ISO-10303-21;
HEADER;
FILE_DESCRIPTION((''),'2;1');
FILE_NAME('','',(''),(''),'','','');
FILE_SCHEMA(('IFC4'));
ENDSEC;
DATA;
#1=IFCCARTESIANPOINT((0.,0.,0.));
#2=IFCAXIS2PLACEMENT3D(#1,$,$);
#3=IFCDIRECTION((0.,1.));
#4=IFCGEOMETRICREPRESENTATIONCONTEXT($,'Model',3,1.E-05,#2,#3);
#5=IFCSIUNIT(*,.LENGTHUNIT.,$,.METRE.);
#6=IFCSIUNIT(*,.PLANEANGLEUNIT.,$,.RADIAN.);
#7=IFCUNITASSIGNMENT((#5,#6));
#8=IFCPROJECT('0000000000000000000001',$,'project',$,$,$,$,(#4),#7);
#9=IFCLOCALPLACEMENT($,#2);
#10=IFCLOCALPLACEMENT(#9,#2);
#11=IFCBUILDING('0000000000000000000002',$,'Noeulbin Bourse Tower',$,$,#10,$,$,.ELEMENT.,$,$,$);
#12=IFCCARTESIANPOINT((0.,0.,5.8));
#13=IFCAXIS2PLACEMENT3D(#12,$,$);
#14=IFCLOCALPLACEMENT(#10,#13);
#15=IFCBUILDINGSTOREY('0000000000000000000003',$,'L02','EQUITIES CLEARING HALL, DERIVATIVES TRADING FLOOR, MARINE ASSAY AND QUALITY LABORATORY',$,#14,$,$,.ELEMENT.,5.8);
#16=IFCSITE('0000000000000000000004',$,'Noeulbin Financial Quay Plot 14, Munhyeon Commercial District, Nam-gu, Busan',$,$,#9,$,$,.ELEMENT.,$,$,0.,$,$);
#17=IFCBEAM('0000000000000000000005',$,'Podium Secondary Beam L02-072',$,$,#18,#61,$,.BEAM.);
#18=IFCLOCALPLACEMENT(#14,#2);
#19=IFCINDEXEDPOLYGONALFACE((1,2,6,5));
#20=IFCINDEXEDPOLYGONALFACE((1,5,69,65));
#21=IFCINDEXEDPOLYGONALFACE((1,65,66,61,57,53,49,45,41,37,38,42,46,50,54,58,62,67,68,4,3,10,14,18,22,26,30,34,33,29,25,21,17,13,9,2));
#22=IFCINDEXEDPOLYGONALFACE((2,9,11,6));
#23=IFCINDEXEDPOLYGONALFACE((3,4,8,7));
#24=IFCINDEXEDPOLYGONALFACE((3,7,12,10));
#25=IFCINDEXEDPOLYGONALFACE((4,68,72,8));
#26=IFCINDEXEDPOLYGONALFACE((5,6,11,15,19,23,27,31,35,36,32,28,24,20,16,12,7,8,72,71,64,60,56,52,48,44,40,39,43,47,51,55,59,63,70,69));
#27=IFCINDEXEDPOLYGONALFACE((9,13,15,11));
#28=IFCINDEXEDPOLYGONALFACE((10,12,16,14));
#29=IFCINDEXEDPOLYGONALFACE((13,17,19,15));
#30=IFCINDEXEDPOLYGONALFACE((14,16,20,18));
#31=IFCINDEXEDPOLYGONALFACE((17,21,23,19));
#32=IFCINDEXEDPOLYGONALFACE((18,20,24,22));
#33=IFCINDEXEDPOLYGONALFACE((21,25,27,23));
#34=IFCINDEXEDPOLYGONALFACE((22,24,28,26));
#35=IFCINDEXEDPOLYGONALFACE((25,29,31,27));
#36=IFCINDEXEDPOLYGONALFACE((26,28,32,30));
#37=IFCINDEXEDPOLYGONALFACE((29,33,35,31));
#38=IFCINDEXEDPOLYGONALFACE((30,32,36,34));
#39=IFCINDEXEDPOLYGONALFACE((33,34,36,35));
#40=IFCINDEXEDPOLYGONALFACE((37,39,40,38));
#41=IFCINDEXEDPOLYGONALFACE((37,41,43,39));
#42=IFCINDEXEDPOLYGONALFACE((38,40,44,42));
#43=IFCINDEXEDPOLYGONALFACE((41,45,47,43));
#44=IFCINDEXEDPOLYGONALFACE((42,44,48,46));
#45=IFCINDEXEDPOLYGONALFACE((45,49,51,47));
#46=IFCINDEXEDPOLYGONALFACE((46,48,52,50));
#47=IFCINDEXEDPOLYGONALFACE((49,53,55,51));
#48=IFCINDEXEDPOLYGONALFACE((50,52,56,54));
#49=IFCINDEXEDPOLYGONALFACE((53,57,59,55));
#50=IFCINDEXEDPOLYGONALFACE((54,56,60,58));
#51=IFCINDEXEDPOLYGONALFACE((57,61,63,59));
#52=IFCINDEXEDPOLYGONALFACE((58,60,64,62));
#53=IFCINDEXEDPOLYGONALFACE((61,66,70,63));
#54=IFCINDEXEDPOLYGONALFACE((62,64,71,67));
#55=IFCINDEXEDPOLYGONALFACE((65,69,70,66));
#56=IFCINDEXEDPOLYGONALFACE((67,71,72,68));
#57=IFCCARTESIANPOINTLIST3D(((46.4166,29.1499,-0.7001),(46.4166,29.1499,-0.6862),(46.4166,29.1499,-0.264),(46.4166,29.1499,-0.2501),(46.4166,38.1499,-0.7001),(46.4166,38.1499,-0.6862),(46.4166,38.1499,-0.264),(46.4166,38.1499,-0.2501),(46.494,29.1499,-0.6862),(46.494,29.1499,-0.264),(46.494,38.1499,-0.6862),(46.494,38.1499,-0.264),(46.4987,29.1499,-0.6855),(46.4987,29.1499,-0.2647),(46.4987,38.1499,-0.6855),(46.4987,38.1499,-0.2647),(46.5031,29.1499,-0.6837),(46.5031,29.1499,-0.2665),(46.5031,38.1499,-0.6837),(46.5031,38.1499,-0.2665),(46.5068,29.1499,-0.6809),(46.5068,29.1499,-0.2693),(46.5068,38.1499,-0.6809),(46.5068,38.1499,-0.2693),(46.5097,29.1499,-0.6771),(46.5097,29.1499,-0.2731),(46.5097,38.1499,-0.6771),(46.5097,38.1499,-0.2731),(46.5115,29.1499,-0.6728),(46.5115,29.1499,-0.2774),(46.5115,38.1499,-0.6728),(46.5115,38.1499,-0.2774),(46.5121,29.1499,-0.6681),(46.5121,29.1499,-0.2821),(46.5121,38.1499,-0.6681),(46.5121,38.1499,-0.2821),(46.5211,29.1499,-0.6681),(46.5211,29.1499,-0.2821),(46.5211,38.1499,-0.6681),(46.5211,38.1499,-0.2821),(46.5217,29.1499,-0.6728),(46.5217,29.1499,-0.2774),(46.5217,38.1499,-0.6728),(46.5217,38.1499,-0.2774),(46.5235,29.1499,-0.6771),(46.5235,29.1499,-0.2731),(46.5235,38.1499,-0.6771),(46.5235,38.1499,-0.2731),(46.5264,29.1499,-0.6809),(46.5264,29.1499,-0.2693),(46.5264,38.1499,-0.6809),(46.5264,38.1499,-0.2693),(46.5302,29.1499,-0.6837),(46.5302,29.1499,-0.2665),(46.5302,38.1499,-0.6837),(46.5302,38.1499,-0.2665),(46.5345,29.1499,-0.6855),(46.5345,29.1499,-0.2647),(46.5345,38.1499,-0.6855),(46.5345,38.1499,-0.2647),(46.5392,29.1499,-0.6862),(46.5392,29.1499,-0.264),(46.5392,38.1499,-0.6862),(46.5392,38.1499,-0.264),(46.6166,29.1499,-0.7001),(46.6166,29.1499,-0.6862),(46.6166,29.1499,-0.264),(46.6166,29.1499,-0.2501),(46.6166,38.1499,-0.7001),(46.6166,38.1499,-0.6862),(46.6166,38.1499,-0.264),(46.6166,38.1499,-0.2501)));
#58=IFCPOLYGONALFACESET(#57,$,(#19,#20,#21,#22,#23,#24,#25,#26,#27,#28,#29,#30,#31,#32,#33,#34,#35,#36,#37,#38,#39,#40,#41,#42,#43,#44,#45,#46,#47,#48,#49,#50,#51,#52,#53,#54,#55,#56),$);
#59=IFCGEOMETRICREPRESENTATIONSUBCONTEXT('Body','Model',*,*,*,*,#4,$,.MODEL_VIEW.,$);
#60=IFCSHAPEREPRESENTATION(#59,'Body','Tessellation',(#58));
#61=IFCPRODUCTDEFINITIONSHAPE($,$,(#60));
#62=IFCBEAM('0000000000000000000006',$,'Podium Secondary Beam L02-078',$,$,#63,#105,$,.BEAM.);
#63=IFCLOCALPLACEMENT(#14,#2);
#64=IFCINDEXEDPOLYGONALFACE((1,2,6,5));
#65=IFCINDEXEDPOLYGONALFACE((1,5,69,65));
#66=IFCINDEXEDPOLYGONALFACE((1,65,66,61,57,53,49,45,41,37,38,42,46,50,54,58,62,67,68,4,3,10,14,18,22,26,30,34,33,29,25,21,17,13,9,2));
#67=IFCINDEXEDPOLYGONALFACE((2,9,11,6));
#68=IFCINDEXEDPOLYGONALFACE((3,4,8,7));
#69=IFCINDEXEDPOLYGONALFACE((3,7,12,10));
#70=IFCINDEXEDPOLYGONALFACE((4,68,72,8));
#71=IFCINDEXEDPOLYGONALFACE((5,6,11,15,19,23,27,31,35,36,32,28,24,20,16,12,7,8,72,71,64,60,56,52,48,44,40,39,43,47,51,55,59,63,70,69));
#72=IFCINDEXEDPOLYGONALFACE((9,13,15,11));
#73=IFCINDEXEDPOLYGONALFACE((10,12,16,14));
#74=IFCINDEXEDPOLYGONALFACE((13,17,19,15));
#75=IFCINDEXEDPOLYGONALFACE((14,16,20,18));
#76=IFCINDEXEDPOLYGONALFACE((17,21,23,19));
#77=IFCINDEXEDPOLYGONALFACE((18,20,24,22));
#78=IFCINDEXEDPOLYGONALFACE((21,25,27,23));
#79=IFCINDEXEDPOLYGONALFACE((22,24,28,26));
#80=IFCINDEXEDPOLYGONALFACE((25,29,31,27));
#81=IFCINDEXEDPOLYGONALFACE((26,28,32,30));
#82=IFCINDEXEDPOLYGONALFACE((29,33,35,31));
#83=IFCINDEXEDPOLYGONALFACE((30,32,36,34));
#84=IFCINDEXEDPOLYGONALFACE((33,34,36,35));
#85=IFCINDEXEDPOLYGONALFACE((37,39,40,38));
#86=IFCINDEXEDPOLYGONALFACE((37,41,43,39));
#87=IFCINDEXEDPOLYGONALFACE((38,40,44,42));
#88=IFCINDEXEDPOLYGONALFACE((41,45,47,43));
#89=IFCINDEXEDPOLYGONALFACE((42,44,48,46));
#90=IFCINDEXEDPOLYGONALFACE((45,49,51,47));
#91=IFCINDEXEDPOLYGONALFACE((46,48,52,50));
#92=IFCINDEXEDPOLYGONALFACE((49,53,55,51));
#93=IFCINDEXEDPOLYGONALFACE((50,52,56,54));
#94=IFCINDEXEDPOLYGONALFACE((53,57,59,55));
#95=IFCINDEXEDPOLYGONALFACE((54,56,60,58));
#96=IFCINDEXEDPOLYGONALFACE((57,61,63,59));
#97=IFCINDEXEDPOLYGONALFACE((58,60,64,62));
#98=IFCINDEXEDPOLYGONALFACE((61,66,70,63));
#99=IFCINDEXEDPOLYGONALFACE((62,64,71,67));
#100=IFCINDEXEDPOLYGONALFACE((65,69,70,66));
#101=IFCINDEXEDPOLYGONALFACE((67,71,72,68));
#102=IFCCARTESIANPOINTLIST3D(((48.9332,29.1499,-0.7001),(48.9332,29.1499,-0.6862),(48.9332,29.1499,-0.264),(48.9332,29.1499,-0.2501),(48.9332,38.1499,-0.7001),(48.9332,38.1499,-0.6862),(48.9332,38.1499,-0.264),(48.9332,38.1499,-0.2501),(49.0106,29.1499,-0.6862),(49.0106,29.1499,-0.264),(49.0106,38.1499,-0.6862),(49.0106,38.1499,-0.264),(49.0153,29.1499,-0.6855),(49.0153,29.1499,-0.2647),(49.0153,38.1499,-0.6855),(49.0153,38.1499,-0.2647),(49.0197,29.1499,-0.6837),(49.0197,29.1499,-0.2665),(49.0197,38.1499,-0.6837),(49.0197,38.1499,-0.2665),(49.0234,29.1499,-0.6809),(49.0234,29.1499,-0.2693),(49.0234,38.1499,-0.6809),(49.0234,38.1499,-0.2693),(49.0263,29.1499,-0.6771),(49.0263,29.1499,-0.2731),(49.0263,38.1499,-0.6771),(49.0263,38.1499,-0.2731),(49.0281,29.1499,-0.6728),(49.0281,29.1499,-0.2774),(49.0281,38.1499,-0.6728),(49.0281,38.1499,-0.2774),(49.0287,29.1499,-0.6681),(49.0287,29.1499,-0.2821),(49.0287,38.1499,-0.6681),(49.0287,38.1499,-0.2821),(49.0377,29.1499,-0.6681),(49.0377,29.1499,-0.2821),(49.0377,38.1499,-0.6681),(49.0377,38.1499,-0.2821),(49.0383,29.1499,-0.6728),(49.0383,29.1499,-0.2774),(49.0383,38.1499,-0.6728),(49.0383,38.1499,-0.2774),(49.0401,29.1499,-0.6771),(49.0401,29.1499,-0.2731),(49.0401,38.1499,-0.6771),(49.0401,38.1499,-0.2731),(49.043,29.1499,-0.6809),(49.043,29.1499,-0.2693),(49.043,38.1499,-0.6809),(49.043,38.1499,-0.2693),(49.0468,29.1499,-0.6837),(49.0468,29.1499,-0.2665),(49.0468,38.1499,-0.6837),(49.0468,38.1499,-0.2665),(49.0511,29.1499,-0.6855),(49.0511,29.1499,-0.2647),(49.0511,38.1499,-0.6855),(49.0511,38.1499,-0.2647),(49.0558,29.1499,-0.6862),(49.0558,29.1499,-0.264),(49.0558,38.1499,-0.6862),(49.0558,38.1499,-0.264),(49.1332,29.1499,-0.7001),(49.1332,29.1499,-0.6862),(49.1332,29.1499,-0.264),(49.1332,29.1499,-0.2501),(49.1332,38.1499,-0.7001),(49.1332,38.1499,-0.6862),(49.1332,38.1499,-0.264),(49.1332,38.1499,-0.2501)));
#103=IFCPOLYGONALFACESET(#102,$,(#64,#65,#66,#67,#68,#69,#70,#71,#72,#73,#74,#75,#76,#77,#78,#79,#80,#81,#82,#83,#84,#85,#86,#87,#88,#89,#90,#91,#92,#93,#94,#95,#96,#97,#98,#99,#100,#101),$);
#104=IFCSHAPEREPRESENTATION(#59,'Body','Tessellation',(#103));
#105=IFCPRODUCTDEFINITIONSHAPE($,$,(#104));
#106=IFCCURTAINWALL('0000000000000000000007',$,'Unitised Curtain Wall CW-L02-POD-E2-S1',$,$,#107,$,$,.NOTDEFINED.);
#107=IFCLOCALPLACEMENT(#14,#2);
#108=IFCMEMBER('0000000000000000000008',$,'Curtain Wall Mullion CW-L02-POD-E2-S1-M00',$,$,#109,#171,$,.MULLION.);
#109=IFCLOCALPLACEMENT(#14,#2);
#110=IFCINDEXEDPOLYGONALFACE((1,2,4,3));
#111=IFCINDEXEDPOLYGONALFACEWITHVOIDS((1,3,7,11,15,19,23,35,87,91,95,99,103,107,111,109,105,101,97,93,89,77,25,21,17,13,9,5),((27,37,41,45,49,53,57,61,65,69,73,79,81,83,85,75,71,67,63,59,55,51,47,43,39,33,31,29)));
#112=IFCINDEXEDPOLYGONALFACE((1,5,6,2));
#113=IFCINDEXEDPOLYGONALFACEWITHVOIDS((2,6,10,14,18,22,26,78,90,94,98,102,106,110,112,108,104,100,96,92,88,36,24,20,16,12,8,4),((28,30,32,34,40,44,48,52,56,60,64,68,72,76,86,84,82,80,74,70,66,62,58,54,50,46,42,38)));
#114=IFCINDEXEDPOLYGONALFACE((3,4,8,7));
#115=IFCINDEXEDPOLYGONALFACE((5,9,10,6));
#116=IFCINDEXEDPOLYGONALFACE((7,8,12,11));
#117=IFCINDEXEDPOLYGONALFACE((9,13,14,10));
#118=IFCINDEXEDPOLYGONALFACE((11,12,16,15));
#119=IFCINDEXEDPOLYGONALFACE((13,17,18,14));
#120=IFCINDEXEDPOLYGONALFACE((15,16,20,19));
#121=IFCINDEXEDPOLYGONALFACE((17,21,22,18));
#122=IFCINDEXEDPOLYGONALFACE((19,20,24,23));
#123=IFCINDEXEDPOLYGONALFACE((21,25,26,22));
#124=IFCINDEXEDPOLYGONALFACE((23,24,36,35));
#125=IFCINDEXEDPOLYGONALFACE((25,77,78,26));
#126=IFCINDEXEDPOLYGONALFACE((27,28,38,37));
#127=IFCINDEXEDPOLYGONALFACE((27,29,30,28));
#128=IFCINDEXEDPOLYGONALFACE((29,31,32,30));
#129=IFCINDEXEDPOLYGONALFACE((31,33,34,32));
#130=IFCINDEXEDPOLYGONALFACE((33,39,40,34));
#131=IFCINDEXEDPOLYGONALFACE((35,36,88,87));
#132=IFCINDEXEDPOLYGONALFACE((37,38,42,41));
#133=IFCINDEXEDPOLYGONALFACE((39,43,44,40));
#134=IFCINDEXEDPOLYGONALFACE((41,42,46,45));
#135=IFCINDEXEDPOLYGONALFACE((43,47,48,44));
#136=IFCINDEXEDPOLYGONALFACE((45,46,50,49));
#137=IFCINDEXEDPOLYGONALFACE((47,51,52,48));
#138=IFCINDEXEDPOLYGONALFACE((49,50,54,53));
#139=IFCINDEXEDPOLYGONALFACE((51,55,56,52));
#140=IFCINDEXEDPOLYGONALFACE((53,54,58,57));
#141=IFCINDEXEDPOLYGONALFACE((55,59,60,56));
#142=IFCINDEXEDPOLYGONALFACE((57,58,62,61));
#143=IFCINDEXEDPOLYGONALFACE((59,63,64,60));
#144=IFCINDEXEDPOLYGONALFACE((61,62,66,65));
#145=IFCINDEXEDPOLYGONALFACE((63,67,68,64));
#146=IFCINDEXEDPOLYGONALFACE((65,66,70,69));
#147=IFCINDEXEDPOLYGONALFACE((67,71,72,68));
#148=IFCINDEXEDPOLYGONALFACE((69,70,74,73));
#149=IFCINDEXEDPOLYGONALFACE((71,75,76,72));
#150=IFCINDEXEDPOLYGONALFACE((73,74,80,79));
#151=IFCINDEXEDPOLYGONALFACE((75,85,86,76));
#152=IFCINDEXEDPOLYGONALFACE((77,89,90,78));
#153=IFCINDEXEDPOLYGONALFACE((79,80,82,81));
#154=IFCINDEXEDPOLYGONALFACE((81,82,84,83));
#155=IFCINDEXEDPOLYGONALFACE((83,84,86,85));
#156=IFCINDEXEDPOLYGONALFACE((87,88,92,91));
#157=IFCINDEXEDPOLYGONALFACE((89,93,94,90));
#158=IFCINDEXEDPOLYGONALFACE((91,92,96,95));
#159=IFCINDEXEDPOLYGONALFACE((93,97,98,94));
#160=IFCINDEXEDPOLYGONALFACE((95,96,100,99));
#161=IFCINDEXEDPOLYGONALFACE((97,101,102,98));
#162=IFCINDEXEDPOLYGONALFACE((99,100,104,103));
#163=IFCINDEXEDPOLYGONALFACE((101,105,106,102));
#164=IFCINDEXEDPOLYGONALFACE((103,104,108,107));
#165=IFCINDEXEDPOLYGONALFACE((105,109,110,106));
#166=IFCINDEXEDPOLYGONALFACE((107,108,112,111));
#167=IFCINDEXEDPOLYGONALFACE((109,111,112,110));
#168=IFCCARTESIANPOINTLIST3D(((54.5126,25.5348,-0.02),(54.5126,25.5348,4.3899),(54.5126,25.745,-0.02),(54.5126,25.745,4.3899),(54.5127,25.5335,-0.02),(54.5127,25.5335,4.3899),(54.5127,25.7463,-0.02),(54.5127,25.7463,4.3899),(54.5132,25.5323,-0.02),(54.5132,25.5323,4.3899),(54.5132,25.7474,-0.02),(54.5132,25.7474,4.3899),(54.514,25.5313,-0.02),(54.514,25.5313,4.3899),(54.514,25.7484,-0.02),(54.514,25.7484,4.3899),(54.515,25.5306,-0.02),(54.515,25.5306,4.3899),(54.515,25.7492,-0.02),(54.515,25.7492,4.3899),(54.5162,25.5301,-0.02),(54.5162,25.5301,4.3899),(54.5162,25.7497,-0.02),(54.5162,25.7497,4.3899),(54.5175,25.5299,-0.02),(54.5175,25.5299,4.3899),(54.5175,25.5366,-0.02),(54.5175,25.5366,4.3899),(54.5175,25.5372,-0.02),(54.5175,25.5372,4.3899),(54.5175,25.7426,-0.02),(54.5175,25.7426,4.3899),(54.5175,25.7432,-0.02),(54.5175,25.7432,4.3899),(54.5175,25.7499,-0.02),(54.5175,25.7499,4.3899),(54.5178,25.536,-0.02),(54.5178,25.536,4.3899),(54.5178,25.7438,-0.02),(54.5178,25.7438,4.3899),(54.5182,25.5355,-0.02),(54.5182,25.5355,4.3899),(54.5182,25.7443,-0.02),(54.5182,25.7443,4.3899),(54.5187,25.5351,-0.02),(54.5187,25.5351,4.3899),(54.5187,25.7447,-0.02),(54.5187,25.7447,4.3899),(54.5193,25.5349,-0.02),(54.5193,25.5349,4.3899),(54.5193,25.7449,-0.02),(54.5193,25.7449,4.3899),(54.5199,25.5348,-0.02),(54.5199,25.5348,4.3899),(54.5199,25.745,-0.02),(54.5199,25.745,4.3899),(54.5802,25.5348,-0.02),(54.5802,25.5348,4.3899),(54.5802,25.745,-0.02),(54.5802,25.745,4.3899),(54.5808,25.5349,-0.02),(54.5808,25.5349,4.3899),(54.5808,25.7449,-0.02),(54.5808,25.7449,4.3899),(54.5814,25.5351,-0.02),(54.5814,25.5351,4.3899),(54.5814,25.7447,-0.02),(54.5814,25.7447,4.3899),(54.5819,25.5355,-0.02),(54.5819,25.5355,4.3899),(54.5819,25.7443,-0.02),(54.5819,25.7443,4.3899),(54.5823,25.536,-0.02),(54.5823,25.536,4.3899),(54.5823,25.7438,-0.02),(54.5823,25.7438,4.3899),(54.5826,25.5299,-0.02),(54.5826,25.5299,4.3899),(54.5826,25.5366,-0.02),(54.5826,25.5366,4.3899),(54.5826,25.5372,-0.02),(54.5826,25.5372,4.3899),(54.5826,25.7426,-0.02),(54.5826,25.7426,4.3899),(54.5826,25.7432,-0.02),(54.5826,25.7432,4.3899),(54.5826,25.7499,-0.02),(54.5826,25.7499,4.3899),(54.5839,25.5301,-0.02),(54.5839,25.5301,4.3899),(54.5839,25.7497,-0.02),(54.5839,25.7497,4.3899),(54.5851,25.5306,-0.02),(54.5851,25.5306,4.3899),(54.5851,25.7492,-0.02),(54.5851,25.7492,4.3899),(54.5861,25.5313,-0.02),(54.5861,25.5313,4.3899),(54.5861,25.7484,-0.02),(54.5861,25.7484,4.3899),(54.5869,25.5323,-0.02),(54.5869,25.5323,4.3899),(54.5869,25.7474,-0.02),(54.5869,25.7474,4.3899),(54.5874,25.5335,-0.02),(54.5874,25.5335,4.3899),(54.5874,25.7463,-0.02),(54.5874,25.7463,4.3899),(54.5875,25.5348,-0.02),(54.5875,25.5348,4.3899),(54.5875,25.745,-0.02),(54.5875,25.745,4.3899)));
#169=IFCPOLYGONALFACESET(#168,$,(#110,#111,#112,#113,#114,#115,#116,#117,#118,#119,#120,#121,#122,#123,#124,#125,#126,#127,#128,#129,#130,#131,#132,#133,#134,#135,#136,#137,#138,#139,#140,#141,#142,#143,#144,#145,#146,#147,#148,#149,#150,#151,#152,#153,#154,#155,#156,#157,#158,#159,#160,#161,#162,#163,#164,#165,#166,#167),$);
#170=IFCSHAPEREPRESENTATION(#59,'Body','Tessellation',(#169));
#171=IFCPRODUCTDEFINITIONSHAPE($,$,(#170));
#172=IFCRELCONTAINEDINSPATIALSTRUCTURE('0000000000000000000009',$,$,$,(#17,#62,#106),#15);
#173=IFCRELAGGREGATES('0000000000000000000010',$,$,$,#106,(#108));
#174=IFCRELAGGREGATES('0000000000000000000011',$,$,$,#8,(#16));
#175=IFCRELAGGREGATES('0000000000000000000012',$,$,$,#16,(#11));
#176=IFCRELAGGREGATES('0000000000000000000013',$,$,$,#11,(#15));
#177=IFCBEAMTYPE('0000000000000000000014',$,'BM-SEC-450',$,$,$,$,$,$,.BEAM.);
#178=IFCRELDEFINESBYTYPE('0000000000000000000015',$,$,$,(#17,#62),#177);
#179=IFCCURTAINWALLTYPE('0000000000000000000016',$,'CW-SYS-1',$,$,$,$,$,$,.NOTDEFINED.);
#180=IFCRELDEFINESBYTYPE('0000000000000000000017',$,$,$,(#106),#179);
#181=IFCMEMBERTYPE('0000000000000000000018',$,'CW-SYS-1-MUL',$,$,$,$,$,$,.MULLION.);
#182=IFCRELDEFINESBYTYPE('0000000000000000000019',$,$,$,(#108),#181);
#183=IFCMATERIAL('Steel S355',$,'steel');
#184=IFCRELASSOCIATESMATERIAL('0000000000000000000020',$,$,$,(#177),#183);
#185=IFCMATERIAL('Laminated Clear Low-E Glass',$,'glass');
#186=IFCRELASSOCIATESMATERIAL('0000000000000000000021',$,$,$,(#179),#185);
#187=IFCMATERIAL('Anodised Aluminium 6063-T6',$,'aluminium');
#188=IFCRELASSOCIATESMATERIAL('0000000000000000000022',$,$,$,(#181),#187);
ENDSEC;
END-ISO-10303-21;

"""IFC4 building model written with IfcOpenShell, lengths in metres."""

from ifc_helpers import new_model, si_unit, direction, frame, origin, origin_2d, place, context, subcontext, project, spatial, hollow_rectangle, i_section, extrude, material, material_profile, profile_set, type_object, element, aggregate, save


model = new_model("IFC4")

# Units and contexts
model_context = context("Model", 3, precision=1e-05, world=origin(), true_north=direction((0.0, 1.0)))
body_context = subcontext(model_context, "Body", "Model", "MODEL_VIEW")
ifc_project = project(units=[si_unit("LENGTHUNIT", "METRE"), si_unit("PLANEANGLEUNIT", "RADIAN")], contexts=[model_context])

# Site, building, storey
site_placement = place(None, origin())
site = spatial("IfcSite", under=ifc_project, at=site_placement, Name="Noeulbin Financial Quay Plot 14, Munhyeon Commercial District, Nam-gu, Busan", CompositionType="ELEMENT", RefElevation=0.0)
building_placement = place(site_placement, origin())
building = spatial("IfcBuilding", under=site, at=building_placement, Name="Noeulbin Bourse Tower", CompositionType="ELEMENT")
storey_placement = place(building_placement, frame((0.0, 0.0, 5.8)))
storey = spatial("IfcBuildingStorey", under=building, at=storey_placement, Name="L02", Description="EQUITIES CLEARING HALL, DERIVATIVES TRADING FLOOR, MARINE ASSAY AND QUALITY LABORATORY", CompositionType="ELEMENT", Elevation=5.8)

# Beams
ifc_material_1 = material(Name="Steel S355", Category="steel")
ifc_material_profile_1 = material_profile(ifc_material_1, i_section(OverallWidth=0.2, OverallDepth=0.45, WebThickness=0.009, FlangeThickness=0.0139, FilletRadius=0.0181, at=origin_2d()), Name="H-450x200x9x14", Category="LoadBearing")
ifc_profile_set_1 = profile_set([ifc_material_profile_1], Name="Steel S355")
beam_type_1 = type_object("IfcBeamType", Name="BM-SEC-450", PredefinedType="BEAM", material=ifc_profile_set_1)
for number, where, z_axis, x_axis, name in (
    (1, (46.5166, 29.1499, -0.4751), (0.0, 1.0, 0.0), (-1.0, 0.0, 0.0), "Podium Secondary Beam L02-072"),
    (2, (49.0332, 29.1499, -0.4751), (0.0, 1.0, 0.0), (-1.0, 0.0, 0.0), "Podium Secondary Beam L02-078"),
):
    element("IfcBeam", number, at=place(storey_placement, frame(where, z_axis=z_axis, x_axis=x_axis)), inside=storey, type_object=beam_type_1, Name=name, PredefinedType="BEAM", context=body_context, shape_type="SweptSolid", body=[
        extrude(i_section(OverallWidth=0.2, OverallDepth=0.45, WebThickness=0.009, FlangeThickness=0.0139, FilletRadius=0.0181, at=origin_2d()), origin(), (0.0, 0.0, 1.0), 9.0),
    ])

# Curtain wall, member
ifc_material_2 = material(Name="Laminated Clear Low-E Glass", Category="glass")
curtain_wall_type = type_object("IfcCurtainWallType", Name="CW-SYS-1", PredefinedType="NOTDEFINED", material=ifc_material_2)
curtain_wall_1_placement = place(storey_placement, origin())
curtain_wall_1 = element("IfcCurtainWall", 3, at=curtain_wall_1_placement, inside=storey, type_object=curtain_wall_type, Name="Unitised Curtain Wall CW-L02-POD-E2-S1", PredefinedType="NOTDEFINED")
ifc_material_3 = material(Name="Anodised Aluminium 6063-T6", Category="aluminium")
ifc_material_profile_2 = material_profile(ifc_material_3, hollow_rectangle(XDim=0.075, YDim=0.22, WallThickness=0.0049, InnerFilletRadius=0.0024, OuterFilletRadius=0.0049, at=origin_2d()), Name="ALU-MULL-75x220x5", Category="LoadBearing")
ifc_profile_set_2 = profile_set([ifc_material_profile_2], Name="Anodised Aluminium 6063-T6")
member_type_1 = type_object("IfcMemberType", Name="CW-SYS-1-MUL", PredefinedType="MULLION", material=ifc_profile_set_2)
member_1_placement = place(storey_placement, frame((54.55, 25.6399, -0.02), z_axis=(0.0, 0.0, 1.0), x_axis=(1.0, 0.0, 0.0)))
member_1 = element("IfcMember", 4, at=member_1_placement, type_object=member_type_1, Name="Curtain Wall Mullion CW-L02-POD-E2-S1-M00", PredefinedType="MULLION", context=body_context, shape_type="SweptSolid", body=[
    extrude(hollow_rectangle(XDim=0.075, YDim=0.22, WallThickness=0.0049, InnerFilletRadius=0.0024, OuterFilletRadius=0.0049, at=origin_2d()), origin(), (0.0, 0.0, 1.0), 4.4099),
])

aggregate(curtain_wall_1, [member_1])

save(model, "model.ifc")
